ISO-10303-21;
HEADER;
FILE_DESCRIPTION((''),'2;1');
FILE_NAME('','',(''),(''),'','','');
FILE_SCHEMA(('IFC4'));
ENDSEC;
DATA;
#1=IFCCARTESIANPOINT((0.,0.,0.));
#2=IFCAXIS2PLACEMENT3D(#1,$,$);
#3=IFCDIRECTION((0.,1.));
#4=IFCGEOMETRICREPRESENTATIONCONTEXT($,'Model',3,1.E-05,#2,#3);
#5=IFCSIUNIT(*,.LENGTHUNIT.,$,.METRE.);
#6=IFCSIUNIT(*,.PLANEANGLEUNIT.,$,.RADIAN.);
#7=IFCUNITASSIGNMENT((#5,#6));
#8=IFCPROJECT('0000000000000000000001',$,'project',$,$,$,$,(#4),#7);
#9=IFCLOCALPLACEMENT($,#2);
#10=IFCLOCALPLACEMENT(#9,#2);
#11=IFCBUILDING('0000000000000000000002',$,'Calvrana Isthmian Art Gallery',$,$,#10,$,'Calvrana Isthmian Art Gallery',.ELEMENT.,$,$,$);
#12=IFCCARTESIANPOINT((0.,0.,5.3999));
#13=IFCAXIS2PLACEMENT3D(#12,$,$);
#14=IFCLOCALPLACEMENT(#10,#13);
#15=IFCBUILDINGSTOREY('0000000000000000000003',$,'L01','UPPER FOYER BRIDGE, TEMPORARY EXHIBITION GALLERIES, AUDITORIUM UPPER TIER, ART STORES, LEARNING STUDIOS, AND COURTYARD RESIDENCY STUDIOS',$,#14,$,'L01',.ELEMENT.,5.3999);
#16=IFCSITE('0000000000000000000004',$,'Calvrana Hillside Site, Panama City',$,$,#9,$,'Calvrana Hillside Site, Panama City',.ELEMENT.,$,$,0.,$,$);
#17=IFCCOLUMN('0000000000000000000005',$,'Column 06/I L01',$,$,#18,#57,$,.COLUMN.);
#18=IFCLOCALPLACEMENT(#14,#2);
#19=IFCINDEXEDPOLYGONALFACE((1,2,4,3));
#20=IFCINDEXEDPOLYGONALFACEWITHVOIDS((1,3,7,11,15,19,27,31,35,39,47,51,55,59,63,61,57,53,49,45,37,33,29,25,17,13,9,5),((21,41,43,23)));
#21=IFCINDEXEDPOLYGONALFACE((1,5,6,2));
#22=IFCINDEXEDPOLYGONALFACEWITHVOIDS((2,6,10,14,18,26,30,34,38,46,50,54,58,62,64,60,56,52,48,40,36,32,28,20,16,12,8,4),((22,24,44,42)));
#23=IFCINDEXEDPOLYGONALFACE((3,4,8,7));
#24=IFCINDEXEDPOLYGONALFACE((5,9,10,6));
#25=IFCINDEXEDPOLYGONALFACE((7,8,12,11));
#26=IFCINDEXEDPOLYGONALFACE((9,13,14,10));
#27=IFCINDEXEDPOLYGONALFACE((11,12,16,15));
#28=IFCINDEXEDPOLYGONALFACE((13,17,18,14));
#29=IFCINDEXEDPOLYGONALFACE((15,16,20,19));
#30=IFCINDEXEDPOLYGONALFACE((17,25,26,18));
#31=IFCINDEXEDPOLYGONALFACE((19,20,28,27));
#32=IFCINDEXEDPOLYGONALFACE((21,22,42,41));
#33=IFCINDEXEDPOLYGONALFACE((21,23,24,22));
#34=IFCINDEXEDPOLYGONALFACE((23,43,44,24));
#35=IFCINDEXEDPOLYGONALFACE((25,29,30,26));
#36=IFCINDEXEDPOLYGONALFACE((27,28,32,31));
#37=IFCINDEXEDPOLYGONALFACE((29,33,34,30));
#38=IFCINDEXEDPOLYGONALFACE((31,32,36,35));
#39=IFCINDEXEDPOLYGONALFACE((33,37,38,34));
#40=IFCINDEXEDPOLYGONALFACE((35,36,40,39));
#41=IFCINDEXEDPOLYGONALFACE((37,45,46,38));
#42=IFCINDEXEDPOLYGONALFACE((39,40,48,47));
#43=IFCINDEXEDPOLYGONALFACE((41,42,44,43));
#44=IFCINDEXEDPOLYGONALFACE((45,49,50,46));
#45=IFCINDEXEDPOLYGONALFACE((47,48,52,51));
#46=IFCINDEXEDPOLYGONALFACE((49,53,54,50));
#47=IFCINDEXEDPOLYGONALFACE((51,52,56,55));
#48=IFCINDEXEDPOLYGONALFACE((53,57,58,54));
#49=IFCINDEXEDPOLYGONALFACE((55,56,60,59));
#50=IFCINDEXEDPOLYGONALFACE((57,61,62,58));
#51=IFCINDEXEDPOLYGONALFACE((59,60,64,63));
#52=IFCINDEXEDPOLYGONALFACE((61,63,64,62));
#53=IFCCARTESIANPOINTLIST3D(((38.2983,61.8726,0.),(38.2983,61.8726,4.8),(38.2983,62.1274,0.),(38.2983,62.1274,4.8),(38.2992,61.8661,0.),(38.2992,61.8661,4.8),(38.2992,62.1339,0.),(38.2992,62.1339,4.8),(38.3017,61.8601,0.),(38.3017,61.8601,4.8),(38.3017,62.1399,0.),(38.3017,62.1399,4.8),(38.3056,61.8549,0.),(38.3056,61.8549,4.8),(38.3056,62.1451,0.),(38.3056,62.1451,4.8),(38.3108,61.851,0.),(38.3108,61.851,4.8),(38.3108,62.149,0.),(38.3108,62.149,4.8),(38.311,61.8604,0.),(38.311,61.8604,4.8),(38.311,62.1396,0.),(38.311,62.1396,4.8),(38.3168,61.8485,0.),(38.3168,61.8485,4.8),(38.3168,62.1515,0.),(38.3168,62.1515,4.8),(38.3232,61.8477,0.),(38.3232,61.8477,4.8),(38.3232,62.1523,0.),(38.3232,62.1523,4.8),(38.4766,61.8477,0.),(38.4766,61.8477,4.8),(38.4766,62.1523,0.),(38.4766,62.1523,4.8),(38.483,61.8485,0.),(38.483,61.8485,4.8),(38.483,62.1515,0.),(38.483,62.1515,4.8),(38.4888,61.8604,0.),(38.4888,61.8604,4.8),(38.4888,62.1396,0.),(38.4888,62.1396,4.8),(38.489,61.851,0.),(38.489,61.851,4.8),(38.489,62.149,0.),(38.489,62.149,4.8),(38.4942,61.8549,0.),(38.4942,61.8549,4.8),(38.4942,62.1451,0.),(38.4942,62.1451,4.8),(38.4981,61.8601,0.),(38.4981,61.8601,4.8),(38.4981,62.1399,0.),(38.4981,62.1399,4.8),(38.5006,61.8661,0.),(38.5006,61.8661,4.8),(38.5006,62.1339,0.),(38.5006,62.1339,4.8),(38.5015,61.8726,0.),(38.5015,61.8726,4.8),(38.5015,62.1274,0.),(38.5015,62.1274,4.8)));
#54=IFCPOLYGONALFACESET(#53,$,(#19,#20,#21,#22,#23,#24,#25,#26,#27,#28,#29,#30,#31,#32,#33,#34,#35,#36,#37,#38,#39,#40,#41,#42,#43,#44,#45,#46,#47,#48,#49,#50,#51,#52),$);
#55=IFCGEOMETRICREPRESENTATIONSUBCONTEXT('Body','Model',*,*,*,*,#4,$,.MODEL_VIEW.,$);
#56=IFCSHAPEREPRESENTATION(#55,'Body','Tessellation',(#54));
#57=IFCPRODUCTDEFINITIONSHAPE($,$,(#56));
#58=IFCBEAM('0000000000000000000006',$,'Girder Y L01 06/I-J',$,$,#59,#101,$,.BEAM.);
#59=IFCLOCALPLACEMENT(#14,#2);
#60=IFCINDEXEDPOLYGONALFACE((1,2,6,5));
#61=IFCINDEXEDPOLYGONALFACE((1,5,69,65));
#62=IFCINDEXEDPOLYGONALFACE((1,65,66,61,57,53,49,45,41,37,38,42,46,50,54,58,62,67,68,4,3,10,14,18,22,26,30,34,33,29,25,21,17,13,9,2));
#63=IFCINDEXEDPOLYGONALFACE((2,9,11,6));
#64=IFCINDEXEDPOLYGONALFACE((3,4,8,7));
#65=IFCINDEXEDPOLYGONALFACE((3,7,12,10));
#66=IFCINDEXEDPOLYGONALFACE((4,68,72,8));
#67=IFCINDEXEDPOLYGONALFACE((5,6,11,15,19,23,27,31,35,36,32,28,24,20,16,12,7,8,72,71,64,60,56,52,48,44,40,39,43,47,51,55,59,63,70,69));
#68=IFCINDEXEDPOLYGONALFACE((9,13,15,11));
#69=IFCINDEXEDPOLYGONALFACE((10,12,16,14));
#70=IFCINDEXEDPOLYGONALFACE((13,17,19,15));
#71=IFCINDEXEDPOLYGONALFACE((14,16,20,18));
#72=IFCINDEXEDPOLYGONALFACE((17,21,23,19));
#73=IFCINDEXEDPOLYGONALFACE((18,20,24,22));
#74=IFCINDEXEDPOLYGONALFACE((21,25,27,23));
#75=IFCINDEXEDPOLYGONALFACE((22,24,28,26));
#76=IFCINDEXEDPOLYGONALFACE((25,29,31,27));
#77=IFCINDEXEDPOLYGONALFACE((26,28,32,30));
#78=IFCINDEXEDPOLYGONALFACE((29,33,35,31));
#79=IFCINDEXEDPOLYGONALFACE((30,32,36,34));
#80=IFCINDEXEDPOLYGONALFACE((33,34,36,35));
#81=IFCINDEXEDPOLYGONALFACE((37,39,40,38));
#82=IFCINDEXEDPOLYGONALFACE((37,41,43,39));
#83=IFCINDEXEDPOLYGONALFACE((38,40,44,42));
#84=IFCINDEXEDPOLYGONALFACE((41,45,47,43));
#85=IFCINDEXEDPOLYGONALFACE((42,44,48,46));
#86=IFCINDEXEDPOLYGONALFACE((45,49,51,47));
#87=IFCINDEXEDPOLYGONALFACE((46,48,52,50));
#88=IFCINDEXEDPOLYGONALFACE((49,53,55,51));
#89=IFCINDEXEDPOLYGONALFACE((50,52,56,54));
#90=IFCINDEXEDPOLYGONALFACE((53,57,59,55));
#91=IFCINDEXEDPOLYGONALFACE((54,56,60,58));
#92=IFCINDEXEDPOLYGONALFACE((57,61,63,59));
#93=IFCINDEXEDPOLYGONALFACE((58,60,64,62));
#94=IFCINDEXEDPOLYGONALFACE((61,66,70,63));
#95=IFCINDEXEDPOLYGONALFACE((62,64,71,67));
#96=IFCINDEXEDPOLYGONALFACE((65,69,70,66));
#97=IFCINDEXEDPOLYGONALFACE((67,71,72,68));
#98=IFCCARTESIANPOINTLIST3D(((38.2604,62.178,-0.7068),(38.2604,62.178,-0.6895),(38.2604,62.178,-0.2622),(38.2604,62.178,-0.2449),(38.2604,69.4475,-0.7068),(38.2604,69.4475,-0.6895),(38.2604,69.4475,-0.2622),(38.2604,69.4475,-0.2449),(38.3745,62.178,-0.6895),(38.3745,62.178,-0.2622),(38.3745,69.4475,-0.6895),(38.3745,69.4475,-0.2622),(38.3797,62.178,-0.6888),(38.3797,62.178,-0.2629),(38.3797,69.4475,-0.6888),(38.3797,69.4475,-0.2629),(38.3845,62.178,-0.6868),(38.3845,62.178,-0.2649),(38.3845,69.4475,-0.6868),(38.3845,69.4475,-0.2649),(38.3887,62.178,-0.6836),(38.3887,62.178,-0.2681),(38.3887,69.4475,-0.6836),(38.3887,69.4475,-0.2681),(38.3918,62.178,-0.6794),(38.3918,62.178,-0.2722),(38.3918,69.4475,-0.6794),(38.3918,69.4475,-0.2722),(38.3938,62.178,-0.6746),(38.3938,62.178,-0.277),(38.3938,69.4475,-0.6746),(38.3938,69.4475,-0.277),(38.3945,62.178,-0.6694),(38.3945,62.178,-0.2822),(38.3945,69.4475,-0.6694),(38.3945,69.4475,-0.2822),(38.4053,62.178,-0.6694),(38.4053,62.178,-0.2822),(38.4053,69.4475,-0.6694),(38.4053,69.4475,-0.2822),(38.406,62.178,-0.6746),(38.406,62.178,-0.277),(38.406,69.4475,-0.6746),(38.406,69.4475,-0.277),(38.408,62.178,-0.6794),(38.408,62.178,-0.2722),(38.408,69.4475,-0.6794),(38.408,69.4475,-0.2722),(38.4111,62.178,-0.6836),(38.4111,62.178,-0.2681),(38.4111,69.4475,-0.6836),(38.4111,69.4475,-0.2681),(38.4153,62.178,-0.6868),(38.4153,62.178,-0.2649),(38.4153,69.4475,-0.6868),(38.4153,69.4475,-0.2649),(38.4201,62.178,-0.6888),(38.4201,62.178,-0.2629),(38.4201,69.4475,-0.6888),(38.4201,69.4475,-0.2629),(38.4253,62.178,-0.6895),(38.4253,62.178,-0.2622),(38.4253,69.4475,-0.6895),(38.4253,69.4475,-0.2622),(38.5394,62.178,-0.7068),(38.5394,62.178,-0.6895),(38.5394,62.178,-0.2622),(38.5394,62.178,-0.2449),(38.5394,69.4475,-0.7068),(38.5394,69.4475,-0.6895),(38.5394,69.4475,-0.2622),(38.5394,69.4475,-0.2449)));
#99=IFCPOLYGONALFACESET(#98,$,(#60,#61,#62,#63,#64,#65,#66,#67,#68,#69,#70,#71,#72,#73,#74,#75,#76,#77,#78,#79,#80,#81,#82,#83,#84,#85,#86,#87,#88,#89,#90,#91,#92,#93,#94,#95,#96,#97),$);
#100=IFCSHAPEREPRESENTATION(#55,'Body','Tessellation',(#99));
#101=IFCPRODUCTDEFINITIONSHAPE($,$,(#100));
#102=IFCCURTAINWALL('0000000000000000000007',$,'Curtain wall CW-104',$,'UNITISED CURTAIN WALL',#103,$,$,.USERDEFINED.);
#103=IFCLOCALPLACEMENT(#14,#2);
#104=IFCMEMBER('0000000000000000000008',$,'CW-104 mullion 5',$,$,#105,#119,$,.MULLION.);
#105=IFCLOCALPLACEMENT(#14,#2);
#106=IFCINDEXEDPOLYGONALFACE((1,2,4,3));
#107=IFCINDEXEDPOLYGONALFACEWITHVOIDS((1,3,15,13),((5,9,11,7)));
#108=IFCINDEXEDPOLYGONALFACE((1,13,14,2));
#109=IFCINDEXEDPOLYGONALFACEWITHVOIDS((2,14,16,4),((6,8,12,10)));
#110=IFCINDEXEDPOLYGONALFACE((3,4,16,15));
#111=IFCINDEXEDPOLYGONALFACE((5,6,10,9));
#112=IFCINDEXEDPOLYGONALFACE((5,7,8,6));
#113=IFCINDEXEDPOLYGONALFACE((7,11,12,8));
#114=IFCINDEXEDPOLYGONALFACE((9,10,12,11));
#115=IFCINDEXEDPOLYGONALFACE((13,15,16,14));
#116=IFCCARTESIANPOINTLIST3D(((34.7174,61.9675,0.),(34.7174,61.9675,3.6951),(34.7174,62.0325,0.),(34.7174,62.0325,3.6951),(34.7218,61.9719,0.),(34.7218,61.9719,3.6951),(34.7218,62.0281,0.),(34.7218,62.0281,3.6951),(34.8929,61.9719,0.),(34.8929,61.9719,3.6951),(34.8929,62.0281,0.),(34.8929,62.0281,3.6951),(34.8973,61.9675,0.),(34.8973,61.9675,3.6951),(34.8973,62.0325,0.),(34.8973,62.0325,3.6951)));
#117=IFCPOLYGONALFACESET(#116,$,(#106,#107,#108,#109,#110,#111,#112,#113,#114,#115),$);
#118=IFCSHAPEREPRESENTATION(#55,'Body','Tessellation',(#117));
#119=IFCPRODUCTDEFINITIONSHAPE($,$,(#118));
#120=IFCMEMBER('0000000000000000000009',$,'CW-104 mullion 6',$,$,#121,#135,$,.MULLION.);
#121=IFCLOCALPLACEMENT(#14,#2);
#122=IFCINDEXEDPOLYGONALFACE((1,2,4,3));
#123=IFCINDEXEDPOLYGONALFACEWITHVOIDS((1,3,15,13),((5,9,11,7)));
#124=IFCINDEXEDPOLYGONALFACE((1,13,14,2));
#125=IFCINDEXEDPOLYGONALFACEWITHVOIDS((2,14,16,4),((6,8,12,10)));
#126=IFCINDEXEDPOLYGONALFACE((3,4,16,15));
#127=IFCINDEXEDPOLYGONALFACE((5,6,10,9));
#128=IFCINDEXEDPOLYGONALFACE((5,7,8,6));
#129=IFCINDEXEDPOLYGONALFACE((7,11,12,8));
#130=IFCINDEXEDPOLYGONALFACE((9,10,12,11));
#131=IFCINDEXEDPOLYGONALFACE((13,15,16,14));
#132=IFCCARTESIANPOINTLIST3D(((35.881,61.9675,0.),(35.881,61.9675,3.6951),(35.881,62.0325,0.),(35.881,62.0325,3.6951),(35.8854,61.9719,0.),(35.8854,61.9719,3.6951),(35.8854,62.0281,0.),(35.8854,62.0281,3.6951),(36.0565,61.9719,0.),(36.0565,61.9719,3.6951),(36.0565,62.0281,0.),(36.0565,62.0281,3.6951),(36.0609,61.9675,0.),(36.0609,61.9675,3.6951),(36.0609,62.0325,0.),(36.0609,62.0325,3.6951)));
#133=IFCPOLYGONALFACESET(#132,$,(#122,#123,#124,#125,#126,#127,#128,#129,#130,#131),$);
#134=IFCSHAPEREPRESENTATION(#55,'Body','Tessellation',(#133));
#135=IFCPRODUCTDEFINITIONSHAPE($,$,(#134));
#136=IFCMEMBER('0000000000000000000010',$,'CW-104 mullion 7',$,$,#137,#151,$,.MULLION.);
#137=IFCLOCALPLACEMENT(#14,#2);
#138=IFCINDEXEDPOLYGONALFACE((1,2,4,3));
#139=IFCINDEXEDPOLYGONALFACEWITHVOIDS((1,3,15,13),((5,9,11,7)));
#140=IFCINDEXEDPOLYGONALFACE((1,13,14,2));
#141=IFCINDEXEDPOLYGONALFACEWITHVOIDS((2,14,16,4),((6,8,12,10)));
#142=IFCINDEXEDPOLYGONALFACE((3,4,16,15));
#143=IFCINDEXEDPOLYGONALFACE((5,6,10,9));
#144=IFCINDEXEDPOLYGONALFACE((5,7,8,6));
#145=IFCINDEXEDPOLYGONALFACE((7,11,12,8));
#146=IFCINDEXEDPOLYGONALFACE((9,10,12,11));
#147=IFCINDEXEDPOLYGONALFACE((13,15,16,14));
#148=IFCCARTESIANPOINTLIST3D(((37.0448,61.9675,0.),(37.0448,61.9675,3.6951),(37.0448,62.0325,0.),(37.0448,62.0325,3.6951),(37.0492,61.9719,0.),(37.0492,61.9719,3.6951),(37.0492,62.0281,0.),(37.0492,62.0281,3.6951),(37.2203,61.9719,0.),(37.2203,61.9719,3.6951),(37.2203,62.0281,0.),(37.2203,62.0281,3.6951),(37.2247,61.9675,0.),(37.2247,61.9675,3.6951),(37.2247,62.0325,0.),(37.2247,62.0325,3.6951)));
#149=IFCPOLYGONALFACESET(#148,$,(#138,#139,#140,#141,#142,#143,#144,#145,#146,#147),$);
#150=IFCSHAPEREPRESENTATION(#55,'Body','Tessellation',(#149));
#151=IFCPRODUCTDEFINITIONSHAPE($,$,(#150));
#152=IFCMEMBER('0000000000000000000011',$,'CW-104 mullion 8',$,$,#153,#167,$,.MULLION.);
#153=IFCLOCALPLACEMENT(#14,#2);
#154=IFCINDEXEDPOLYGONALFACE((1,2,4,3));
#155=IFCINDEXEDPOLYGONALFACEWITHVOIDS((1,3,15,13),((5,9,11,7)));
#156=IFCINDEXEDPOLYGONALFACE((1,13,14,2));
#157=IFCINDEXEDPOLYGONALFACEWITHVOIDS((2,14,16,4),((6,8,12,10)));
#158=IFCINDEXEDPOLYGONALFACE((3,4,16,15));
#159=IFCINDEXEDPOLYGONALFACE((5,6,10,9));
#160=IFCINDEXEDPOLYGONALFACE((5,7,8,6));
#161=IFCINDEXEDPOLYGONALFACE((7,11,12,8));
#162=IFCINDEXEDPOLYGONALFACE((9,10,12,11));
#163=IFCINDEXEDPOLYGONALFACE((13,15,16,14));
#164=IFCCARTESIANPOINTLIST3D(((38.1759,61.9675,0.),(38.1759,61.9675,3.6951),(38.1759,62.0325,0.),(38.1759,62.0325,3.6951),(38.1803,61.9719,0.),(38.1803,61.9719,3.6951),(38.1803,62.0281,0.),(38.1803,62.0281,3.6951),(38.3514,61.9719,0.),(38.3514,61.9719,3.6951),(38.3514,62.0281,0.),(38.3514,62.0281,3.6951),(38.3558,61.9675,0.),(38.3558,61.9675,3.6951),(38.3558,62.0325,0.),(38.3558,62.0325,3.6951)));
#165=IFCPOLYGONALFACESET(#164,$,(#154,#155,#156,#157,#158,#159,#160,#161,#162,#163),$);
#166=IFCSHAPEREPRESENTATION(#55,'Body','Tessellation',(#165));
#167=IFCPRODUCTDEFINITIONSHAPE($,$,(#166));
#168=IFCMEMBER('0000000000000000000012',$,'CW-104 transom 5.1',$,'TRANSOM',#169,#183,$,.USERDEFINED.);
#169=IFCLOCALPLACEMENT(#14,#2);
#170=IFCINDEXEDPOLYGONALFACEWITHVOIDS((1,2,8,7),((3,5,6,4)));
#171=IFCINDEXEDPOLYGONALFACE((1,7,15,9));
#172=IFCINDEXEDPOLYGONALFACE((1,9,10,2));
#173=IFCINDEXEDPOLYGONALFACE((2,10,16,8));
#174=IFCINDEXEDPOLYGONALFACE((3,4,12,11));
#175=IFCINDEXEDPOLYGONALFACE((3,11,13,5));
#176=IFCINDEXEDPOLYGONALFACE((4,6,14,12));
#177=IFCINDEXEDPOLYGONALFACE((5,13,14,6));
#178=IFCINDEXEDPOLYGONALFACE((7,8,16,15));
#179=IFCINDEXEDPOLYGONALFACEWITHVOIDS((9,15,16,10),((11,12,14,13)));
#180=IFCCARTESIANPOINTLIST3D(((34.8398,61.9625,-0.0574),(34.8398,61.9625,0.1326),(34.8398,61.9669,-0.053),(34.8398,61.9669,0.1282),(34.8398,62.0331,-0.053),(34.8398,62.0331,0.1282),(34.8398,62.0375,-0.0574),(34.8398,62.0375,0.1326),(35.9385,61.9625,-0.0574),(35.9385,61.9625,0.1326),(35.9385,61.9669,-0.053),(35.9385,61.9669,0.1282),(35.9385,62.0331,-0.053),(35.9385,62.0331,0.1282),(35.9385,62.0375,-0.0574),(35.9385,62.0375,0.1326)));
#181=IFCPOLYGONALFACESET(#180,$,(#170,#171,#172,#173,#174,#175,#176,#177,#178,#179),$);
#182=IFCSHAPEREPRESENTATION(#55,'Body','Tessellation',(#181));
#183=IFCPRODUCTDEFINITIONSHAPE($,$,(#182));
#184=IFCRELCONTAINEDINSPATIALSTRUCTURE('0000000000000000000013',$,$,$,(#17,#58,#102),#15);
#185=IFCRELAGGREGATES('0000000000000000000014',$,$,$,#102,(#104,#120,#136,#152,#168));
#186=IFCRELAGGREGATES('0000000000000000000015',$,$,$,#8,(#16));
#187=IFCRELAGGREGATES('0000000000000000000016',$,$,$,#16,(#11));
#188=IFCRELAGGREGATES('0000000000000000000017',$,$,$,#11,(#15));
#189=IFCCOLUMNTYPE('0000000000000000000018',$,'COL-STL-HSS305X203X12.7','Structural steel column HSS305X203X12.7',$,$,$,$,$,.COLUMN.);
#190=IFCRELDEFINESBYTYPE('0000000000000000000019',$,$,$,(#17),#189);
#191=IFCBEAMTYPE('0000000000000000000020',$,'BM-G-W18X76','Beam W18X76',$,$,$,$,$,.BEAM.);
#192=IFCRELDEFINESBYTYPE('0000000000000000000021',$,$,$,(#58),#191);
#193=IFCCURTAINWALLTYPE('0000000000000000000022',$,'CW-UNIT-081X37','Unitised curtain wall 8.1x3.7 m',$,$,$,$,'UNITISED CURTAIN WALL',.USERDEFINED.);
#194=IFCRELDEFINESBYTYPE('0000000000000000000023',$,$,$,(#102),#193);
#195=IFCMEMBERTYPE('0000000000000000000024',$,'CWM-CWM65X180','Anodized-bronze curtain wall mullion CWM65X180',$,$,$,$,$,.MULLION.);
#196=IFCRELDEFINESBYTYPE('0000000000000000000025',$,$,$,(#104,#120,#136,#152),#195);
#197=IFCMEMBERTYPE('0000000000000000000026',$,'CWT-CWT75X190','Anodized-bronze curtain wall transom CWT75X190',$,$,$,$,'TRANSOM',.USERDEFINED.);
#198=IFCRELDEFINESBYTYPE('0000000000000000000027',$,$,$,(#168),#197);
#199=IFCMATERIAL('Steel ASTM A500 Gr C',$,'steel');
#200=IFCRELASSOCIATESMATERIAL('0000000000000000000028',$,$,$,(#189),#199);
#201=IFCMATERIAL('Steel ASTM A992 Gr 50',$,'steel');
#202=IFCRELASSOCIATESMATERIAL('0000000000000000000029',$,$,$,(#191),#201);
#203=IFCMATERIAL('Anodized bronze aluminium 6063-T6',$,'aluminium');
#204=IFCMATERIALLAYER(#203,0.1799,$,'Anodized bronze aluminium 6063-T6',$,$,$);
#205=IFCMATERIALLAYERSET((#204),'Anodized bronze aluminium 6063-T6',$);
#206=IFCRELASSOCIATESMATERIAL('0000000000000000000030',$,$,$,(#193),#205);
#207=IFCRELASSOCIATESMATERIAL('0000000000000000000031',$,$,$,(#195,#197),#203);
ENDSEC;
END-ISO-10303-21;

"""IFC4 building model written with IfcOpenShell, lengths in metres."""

from ifc_helpers import new_model, si_unit, direction, frame, origin, origin_2d, place, context, subcontext, project, spatial, hollow_rectangle, i_section, extrude, material, layer, layer_set, material_profile, profile_set, type_object, element, aggregate, save


model = new_model("IFC4")

# Units and contexts
model_context = context("Model", 3, precision=1e-05, world=origin(), true_north=direction((0.0, 1.0)))
body_context = subcontext(model_context, "Body", "Model", "MODEL_VIEW")
ifc_project = project(units=[si_unit("LENGTHUNIT", "METRE"), si_unit("PLANEANGLEUNIT", "RADIAN")], contexts=[model_context])

# Site, building, storey
site_placement = place(None, origin())
site = spatial("IfcSite", under=ifc_project, at=site_placement, Name="Calvrana Hillside Site, Panama City", LongName="Calvrana Hillside Site, Panama City", CompositionType="ELEMENT", RefElevation=0.0)
building_placement = place(site_placement, origin())
building = spatial("IfcBuilding", under=site, at=building_placement, Name="Calvrana Isthmian Art Gallery", LongName="Calvrana Isthmian Art Gallery", CompositionType="ELEMENT")
storey_placement = place(building_placement, frame((0.0, 0.0, 5.3999)))
storey = spatial("IfcBuildingStorey", under=building, at=storey_placement, Name="L01", Description="UPPER FOYER BRIDGE, TEMPORARY EXHIBITION GALLERIES, AUDITORIUM UPPER TIER, ART STORES, LEARNING STUDIOS, AND COURTYARD RESIDENCY STUDIOS", LongName="L01", CompositionType="ELEMENT", Elevation=5.3999)

# Column
ifc_material_1 = material(Name="Steel ASTM A500 Gr C", Category="steel")
ifc_material_profile_1 = material_profile(ifc_material_1, hollow_rectangle(XDim=0.2031, YDim=0.3047, WallThickness=0.0127, OuterFilletRadius=0.0249, at=origin_2d()), Name="HSS305X203X12.7")
ifc_profile_set_1 = profile_set([ifc_material_profile_1], Name="Steel ASTM A500 Gr C")
column_type = type_object("IfcColumnType", Name="COL-STL-HSS305X203X12.7", Description="Structural steel column HSS305X203X12.7", PredefinedType="COLUMN", material=ifc_profile_set_1)
column_placement = place(storey_placement, frame((38.3999, 62.0, 0.0), z_axis=(0.0, 0.0, 1.0), x_axis=(1.0, 0.0, 0.0)))
element("IfcColumn", 1, at=column_placement, inside=storey, type_object=column_type, Name="Column 06/I L01", PredefinedType="COLUMN", context=body_context, shape_type="SweptSolid", body=[
    extrude(hollow_rectangle(XDim=0.2031, YDim=0.3047, WallThickness=0.0127, OuterFilletRadius=0.0249, at=origin_2d()), origin(), (0.0, 0.0, 1.0), 4.8),
])

# Beam
ifc_material_2 = material(Name="Steel ASTM A992 Gr 50", Category="steel")
ifc_material_profile_2 = material_profile(ifc_material_2, i_section(OverallWidth=0.2791, OverallDepth=0.4619, WebThickness=0.0107, FlangeThickness=0.0173, FilletRadius=0.02, at=origin_2d()), Name="W18X76")
ifc_profile_set_2 = profile_set([ifc_material_profile_2], Name="Steel ASTM A992 Gr 50")
beam_type = type_object("IfcBeamType", Name="BM-G-W18X76", Description="Beam W18X76", PredefinedType="BEAM", material=ifc_profile_set_2)
beam_placement = place(storey_placement, frame((38.3999, 62.178, -0.4758), z_axis=(0.0, 1.0, 0.0), x_axis=(-1.0, 0.0, 0.0)))
element("IfcBeam", 2, at=beam_placement, inside=storey, type_object=beam_type, Name="Girder Y L01 06/I-J", PredefinedType="BEAM", context=body_context, shape_type="SweptSolid", body=[
    extrude(i_section(OverallWidth=0.2791, OverallDepth=0.4619, WebThickness=0.0107, FlangeThickness=0.0173, FilletRadius=0.02, at=origin_2d()), origin(), (0.0, 0.0, 1.0), 7.2695),
])

# Curtain wall, members
ifc_material_3 = material(Name="Anodized bronze aluminium 6063-T6", Category="aluminium")
ifc_layer_1 = layer(ifc_material_3, 0.1799, Name="Anodized bronze aluminium 6063-T6")
ifc_layer_set_1 = layer_set([ifc_layer_1], Name="Anodized bronze aluminium 6063-T6")
curtain_wall_type = type_object("IfcCurtainWallType", Name="CW-UNIT-081X37", Description="Unitised curtain wall 8.1x3.7 m", ElementType="UNITISED CURTAIN WALL", PredefinedType="USERDEFINED", material=ifc_layer_set_1)
curtain_wall_placement = place(storey_placement, origin())
curtain_wall = element("IfcCurtainWall", 3, at=curtain_wall_placement, inside=storey, type_object=curtain_wall_type, Name="Curtain wall CW-104", ObjectType="UNITISED CURTAIN WALL", PredefinedType="USERDEFINED")
ifc_material_profile_3 = material_profile(ifc_material_3, hollow_rectangle(XDim=0.0649, YDim=0.1799, WallThickness=0.0044, at=origin_2d()), Name="CWM65X180")
ifc_profile_set_3 = profile_set([ifc_material_profile_3], Name="Anodized bronze aluminium 6063-T6")
member_type_1 = type_object("IfcMemberType", Name="CWM-CWM65X180", Description="Anodized-bronze curtain wall mullion CWM65X180", PredefinedType="MULLION", material=ifc_profile_set_3)
member_1_placement = place(storey_placement, frame((34.8074, 62.0, 0.0), z_axis=(0.0, 0.0, 1.0), x_axis=(0.0, 1.0, 0.0)))
member_1 = element("IfcMember", 4, at=member_1_placement, type_object=member_type_1, Name="CW-104 mullion 5", PredefinedType="MULLION", context=body_context, shape_type="SweptSolid", body=[
    extrude(hollow_rectangle(XDim=0.0649, YDim=0.1799, WallThickness=0.0044, at=origin_2d()), origin(), (0.0, 0.0, 1.0), 3.6951),
])
member_2_placement = place(storey_placement, frame((35.9709, 62.0, 0.0), z_axis=(0.0, 0.0, 1.0), x_axis=(0.0, 1.0, 0.0)))
member_2 = element("IfcMember", 5, at=member_2_placement, type_object=member_type_1, Name="CW-104 mullion 6", PredefinedType="MULLION", context=body_context, shape_type="SweptSolid", body=[
    extrude(hollow_rectangle(XDim=0.0649, YDim=0.1799, WallThickness=0.0044, at=origin_2d()), origin(), (0.0, 0.0, 1.0), 3.6951),
])
member_3_placement = place(storey_placement, frame((37.1348, 62.0, 0.0), z_axis=(0.0, 0.0, 1.0), x_axis=(0.0, 1.0, 0.0)))
member_3 = element("IfcMember", 6, at=member_3_placement, type_object=member_type_1, Name="CW-104 mullion 7", PredefinedType="MULLION", context=body_context, shape_type="SweptSolid", body=[
    extrude(hollow_rectangle(XDim=0.0649, YDim=0.1799, WallThickness=0.0044, at=origin_2d()), origin(), (0.0, 0.0, 1.0), 3.6951),
])
member_4_placement = place(storey_placement, frame((38.2659, 62.0, 0.0), z_axis=(0.0, 0.0, 1.0), x_axis=(0.0, 1.0, 0.0)))
member_4 = element("IfcMember", 7, at=member_4_placement, type_object=member_type_1, Name="CW-104 mullion 8", PredefinedType="MULLION", context=body_context, shape_type="SweptSolid", body=[
    extrude(hollow_rectangle(XDim=0.0649, YDim=0.1799, WallThickness=0.0044, at=origin_2d()), origin(), (0.0, 0.0, 1.0), 3.6951),
])
ifc_material_profile_4 = material_profile(ifc_material_3, hollow_rectangle(XDim=0.075, YDim=0.1899, WallThickness=0.0044, at=origin_2d()), Name="CWT75X190")
ifc_profile_set_4 = profile_set([ifc_material_profile_4], Name="Anodized bronze aluminium 6063-T6")
member_type_2 = type_object("IfcMemberType", Name="CWT-CWT75X190", Description="Anodized-bronze curtain wall transom CWT75X190", ElementType="TRANSOM", PredefinedType="USERDEFINED", material=ifc_profile_set_4)
member_5_placement = place(storey_placement, frame((34.8398, 62.0, 0.0376), z_axis=(1.0, 0.0, 0.0), x_axis=(0.0, 1.0, 0.0)))
member_5 = element("IfcMember", 8, at=member_5_placement, type_object=member_type_2, Name="CW-104 transom 5.1", ObjectType="TRANSOM", PredefinedType="USERDEFINED", context=body_context, shape_type="SweptSolid", body=[
    extrude(hollow_rectangle(XDim=0.075, YDim=0.1899, WallThickness=0.0044, at=origin_2d()), origin(), (0.0, 0.0, 1.0), 1.0986),
])
aggregate(curtain_wall, [member_1, member_2, member_3, member_4, member_5])

save(model, "model.ifc")
